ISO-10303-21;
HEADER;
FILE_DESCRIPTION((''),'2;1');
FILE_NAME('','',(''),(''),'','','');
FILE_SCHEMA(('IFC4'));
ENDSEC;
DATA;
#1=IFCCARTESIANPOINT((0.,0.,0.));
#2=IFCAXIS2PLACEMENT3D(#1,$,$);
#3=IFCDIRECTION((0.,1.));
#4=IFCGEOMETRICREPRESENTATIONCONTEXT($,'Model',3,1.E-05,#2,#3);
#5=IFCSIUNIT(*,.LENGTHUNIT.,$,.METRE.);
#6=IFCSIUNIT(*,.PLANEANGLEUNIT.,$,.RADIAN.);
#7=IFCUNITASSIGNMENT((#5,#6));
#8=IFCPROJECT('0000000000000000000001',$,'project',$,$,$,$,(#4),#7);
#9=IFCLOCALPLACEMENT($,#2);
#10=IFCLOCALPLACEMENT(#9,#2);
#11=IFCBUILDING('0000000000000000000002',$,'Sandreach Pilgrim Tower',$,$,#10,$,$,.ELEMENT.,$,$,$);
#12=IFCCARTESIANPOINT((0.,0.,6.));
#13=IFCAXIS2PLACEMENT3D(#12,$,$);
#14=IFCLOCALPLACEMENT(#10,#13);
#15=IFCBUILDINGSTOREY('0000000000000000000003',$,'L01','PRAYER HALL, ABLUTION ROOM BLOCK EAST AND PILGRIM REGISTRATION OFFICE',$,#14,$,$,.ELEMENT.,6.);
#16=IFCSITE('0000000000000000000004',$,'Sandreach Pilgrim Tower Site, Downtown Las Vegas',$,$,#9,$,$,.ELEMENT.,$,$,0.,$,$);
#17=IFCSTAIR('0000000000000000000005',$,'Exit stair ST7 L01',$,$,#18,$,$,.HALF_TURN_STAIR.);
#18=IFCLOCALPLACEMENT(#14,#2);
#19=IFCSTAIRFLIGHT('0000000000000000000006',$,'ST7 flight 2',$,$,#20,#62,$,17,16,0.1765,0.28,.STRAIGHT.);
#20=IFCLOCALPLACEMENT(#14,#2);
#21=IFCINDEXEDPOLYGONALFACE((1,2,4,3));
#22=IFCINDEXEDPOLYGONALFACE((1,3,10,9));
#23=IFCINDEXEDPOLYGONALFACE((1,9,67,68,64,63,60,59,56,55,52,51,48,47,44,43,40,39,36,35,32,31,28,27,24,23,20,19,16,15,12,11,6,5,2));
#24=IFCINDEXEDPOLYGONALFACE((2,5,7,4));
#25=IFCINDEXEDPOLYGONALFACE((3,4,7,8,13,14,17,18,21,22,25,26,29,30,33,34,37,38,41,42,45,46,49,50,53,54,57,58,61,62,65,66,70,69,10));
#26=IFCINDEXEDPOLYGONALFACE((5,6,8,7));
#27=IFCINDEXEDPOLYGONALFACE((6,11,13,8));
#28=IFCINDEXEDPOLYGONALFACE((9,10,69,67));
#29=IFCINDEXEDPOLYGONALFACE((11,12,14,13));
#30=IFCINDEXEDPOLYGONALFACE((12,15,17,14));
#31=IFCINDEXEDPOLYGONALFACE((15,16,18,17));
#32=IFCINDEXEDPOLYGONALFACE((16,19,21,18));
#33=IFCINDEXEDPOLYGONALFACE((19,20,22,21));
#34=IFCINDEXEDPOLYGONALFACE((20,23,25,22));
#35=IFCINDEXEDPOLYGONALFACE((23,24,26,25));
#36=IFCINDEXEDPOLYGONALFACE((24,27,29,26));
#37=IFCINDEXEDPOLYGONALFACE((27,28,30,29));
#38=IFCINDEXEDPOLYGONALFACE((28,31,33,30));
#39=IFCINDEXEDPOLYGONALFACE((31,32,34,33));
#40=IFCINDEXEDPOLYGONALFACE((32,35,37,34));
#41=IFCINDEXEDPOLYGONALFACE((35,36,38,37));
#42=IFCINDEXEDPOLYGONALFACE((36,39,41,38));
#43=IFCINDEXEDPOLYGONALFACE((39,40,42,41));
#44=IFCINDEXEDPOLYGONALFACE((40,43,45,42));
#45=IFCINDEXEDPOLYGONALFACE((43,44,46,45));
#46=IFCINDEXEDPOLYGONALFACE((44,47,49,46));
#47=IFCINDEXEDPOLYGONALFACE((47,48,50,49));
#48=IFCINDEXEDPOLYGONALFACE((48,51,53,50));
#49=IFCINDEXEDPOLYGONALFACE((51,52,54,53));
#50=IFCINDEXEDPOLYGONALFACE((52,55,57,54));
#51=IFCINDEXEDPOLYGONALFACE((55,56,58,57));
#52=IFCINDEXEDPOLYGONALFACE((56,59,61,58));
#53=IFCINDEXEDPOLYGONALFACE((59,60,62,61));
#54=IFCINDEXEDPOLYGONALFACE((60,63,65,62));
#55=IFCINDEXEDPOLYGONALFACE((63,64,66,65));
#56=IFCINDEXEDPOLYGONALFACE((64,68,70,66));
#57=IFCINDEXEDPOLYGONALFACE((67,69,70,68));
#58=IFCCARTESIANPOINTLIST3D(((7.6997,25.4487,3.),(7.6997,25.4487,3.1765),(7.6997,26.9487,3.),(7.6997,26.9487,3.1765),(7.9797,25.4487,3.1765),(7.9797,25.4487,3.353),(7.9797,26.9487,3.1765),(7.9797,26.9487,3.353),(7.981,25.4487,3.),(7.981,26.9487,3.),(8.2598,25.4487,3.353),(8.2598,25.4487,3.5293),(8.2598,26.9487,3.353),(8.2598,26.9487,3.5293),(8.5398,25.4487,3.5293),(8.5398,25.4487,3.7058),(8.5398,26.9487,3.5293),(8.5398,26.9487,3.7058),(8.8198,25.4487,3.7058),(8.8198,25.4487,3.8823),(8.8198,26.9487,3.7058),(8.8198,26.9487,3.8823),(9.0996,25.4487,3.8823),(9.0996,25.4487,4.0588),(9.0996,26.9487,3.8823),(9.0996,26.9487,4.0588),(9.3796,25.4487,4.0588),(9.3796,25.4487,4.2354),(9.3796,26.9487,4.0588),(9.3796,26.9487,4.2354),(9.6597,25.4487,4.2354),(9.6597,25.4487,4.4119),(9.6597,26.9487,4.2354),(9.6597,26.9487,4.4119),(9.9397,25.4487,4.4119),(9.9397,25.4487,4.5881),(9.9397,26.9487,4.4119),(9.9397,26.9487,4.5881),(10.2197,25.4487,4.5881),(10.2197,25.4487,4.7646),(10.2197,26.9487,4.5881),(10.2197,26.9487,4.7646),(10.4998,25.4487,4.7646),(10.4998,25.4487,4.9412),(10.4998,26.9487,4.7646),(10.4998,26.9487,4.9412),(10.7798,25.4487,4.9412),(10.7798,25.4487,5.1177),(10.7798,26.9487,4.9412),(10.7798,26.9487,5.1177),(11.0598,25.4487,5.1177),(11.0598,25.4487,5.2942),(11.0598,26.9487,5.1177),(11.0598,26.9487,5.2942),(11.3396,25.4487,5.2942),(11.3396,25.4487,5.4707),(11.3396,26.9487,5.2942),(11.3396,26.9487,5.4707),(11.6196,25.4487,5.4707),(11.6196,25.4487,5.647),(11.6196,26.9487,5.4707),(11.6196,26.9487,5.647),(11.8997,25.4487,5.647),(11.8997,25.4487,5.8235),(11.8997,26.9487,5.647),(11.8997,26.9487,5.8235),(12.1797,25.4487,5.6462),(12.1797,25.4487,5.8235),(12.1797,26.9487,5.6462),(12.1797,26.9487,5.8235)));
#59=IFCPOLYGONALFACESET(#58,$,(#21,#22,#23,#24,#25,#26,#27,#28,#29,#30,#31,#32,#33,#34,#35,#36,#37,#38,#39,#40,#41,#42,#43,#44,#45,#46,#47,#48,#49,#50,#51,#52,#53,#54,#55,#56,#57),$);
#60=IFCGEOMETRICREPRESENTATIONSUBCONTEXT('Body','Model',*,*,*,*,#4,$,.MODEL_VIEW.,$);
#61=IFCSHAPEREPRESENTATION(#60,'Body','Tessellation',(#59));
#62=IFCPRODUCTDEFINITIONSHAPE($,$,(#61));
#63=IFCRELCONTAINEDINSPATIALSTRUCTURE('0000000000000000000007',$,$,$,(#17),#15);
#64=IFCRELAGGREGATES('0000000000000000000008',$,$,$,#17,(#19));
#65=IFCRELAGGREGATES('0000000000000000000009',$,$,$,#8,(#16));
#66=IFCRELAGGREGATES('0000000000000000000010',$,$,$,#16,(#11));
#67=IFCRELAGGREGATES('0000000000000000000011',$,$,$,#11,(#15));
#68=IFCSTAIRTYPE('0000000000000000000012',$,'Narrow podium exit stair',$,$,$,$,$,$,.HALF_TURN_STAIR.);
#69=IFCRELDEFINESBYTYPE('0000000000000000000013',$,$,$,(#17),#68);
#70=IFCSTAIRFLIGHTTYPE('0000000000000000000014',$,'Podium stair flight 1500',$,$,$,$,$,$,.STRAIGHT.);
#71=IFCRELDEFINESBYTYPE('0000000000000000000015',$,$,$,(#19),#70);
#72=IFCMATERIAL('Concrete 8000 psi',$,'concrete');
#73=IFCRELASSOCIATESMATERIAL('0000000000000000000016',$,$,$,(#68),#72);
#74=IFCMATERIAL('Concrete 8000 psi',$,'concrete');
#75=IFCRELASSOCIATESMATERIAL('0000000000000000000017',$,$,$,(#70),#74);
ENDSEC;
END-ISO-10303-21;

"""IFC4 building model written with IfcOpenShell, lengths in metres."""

from ifc_helpers import new_model, si_unit, direction, frame, origin, place, context, subcontext, project, spatial, polyline, outline, extrude, material, type_object, element, aggregate, save


model = new_model("IFC4")

# Units and contexts
model_context = context("Model", 3, precision=1e-05, world=origin(), true_north=direction((0.0, 1.0)))
body_context = subcontext(model_context, "Body", "Model", "MODEL_VIEW")
ifc_project = project(units=[si_unit("LENGTHUNIT", "METRE"), si_unit("PLANEANGLEUNIT", "RADIAN")], contexts=[model_context])

# Site, building, storey
site_placement = place(None, origin())
site = spatial("IfcSite", under=ifc_project, at=site_placement, Name="Sandreach Pilgrim Tower Site, Downtown Las Vegas", CompositionType="ELEMENT", RefElevation=0.0)
building_placement = place(site_placement, origin())
building = spatial("IfcBuilding", under=site, at=building_placement, Name="Sandreach Pilgrim Tower", CompositionType="ELEMENT")
storey_placement = place(building_placement, frame((0.0, 0.0, 6.0)))
storey = spatial("IfcBuildingStorey", under=building, at=storey_placement, Name="L01", Description="PRAYER HALL, ABLUTION ROOM BLOCK EAST AND PILGRIM REGISTRATION OFFICE", CompositionType="ELEMENT", Elevation=6.0)

# Stair, stair flight
ifc_material_1 = material(Name="Concrete 8000 psi", Category="concrete")
stair_type = type_object("IfcStairType", Name="Narrow podium exit stair", PredefinedType="HALF_TURN_STAIR", material=ifc_material_1)
stair_placement = place(storey_placement, origin())
stair = element("IfcStair", 1, at=stair_placement, inside=storey, type_object=stair_type, Name="Exit stair ST7 L01", PredefinedType="HALF_TURN_STAIR")
ifc_material_2 = material(Name="Concrete 8000 psi", Category="concrete")
stair_flight_type = type_object("IfcStairFlightType", Name="Podium stair flight 1500", PredefinedType="STRAIGHT", material=ifc_material_2)
stair_flight_placement = place(storey_placement, frame((7.6997, 26.1987, 3.0), z_axis=(0.0, 0.0, 1.0), x_axis=(1.0, 0.0, 0.0)))
stair_flight = element("IfcStairFlight", 2, at=stair_flight_placement, type_object=stair_flight_type, Name="ST7 flight 2", NumberOfRisers=17, NumberOfTreads=16, PredefinedType="STRAIGHT", RiserHeight=0.1765, TreadLength=0.28, context=body_context, shape_type="SweptSolid", body=[
    extrude(outline(polyline([(0.0, 0.0), (0.0, 0.1765), (0.28, 0.1765), (0.28, 0.353), (0.5601, 0.353), (0.5601, 0.5293), (0.8401, 0.5293), (0.8401, 0.7058), (1.1201, 0.7058), (1.1201, 0.8823), (1.3999, 0.8823), (1.3999, 1.0588), (1.6799, 1.0588), (1.6799, 1.2354), (1.96, 1.2354), (1.96, 1.4119), (2.24, 1.4119), (2.24, 1.5881), (2.52, 1.5881), (2.52, 1.7646), (2.8, 1.7646), (2.8, 1.9412), (3.0801, 1.9412), (3.0801, 2.1177), (3.3601, 2.1177), (3.3601, 2.2942), (3.6399, 2.2942), (3.6399, 2.4707), (3.9199, 2.4707), (3.9199, 2.647), (4.2, 2.647), (4.2, 2.8235), (4.48, 2.8235), (4.48, 3.0), (4.48, 2.6462), (0.2812, 0.0), (0.0, 0.0)])), frame((0.0, 0.75, 0.0), z_axis=(0.0, -1.0, 0.0), x_axis=(1.0, 0.0, 0.0)), (0.0, 0.0, 1.0), 1.5),
])
aggregate(stair, [stair_flight])

save(model, "model.ifc")
